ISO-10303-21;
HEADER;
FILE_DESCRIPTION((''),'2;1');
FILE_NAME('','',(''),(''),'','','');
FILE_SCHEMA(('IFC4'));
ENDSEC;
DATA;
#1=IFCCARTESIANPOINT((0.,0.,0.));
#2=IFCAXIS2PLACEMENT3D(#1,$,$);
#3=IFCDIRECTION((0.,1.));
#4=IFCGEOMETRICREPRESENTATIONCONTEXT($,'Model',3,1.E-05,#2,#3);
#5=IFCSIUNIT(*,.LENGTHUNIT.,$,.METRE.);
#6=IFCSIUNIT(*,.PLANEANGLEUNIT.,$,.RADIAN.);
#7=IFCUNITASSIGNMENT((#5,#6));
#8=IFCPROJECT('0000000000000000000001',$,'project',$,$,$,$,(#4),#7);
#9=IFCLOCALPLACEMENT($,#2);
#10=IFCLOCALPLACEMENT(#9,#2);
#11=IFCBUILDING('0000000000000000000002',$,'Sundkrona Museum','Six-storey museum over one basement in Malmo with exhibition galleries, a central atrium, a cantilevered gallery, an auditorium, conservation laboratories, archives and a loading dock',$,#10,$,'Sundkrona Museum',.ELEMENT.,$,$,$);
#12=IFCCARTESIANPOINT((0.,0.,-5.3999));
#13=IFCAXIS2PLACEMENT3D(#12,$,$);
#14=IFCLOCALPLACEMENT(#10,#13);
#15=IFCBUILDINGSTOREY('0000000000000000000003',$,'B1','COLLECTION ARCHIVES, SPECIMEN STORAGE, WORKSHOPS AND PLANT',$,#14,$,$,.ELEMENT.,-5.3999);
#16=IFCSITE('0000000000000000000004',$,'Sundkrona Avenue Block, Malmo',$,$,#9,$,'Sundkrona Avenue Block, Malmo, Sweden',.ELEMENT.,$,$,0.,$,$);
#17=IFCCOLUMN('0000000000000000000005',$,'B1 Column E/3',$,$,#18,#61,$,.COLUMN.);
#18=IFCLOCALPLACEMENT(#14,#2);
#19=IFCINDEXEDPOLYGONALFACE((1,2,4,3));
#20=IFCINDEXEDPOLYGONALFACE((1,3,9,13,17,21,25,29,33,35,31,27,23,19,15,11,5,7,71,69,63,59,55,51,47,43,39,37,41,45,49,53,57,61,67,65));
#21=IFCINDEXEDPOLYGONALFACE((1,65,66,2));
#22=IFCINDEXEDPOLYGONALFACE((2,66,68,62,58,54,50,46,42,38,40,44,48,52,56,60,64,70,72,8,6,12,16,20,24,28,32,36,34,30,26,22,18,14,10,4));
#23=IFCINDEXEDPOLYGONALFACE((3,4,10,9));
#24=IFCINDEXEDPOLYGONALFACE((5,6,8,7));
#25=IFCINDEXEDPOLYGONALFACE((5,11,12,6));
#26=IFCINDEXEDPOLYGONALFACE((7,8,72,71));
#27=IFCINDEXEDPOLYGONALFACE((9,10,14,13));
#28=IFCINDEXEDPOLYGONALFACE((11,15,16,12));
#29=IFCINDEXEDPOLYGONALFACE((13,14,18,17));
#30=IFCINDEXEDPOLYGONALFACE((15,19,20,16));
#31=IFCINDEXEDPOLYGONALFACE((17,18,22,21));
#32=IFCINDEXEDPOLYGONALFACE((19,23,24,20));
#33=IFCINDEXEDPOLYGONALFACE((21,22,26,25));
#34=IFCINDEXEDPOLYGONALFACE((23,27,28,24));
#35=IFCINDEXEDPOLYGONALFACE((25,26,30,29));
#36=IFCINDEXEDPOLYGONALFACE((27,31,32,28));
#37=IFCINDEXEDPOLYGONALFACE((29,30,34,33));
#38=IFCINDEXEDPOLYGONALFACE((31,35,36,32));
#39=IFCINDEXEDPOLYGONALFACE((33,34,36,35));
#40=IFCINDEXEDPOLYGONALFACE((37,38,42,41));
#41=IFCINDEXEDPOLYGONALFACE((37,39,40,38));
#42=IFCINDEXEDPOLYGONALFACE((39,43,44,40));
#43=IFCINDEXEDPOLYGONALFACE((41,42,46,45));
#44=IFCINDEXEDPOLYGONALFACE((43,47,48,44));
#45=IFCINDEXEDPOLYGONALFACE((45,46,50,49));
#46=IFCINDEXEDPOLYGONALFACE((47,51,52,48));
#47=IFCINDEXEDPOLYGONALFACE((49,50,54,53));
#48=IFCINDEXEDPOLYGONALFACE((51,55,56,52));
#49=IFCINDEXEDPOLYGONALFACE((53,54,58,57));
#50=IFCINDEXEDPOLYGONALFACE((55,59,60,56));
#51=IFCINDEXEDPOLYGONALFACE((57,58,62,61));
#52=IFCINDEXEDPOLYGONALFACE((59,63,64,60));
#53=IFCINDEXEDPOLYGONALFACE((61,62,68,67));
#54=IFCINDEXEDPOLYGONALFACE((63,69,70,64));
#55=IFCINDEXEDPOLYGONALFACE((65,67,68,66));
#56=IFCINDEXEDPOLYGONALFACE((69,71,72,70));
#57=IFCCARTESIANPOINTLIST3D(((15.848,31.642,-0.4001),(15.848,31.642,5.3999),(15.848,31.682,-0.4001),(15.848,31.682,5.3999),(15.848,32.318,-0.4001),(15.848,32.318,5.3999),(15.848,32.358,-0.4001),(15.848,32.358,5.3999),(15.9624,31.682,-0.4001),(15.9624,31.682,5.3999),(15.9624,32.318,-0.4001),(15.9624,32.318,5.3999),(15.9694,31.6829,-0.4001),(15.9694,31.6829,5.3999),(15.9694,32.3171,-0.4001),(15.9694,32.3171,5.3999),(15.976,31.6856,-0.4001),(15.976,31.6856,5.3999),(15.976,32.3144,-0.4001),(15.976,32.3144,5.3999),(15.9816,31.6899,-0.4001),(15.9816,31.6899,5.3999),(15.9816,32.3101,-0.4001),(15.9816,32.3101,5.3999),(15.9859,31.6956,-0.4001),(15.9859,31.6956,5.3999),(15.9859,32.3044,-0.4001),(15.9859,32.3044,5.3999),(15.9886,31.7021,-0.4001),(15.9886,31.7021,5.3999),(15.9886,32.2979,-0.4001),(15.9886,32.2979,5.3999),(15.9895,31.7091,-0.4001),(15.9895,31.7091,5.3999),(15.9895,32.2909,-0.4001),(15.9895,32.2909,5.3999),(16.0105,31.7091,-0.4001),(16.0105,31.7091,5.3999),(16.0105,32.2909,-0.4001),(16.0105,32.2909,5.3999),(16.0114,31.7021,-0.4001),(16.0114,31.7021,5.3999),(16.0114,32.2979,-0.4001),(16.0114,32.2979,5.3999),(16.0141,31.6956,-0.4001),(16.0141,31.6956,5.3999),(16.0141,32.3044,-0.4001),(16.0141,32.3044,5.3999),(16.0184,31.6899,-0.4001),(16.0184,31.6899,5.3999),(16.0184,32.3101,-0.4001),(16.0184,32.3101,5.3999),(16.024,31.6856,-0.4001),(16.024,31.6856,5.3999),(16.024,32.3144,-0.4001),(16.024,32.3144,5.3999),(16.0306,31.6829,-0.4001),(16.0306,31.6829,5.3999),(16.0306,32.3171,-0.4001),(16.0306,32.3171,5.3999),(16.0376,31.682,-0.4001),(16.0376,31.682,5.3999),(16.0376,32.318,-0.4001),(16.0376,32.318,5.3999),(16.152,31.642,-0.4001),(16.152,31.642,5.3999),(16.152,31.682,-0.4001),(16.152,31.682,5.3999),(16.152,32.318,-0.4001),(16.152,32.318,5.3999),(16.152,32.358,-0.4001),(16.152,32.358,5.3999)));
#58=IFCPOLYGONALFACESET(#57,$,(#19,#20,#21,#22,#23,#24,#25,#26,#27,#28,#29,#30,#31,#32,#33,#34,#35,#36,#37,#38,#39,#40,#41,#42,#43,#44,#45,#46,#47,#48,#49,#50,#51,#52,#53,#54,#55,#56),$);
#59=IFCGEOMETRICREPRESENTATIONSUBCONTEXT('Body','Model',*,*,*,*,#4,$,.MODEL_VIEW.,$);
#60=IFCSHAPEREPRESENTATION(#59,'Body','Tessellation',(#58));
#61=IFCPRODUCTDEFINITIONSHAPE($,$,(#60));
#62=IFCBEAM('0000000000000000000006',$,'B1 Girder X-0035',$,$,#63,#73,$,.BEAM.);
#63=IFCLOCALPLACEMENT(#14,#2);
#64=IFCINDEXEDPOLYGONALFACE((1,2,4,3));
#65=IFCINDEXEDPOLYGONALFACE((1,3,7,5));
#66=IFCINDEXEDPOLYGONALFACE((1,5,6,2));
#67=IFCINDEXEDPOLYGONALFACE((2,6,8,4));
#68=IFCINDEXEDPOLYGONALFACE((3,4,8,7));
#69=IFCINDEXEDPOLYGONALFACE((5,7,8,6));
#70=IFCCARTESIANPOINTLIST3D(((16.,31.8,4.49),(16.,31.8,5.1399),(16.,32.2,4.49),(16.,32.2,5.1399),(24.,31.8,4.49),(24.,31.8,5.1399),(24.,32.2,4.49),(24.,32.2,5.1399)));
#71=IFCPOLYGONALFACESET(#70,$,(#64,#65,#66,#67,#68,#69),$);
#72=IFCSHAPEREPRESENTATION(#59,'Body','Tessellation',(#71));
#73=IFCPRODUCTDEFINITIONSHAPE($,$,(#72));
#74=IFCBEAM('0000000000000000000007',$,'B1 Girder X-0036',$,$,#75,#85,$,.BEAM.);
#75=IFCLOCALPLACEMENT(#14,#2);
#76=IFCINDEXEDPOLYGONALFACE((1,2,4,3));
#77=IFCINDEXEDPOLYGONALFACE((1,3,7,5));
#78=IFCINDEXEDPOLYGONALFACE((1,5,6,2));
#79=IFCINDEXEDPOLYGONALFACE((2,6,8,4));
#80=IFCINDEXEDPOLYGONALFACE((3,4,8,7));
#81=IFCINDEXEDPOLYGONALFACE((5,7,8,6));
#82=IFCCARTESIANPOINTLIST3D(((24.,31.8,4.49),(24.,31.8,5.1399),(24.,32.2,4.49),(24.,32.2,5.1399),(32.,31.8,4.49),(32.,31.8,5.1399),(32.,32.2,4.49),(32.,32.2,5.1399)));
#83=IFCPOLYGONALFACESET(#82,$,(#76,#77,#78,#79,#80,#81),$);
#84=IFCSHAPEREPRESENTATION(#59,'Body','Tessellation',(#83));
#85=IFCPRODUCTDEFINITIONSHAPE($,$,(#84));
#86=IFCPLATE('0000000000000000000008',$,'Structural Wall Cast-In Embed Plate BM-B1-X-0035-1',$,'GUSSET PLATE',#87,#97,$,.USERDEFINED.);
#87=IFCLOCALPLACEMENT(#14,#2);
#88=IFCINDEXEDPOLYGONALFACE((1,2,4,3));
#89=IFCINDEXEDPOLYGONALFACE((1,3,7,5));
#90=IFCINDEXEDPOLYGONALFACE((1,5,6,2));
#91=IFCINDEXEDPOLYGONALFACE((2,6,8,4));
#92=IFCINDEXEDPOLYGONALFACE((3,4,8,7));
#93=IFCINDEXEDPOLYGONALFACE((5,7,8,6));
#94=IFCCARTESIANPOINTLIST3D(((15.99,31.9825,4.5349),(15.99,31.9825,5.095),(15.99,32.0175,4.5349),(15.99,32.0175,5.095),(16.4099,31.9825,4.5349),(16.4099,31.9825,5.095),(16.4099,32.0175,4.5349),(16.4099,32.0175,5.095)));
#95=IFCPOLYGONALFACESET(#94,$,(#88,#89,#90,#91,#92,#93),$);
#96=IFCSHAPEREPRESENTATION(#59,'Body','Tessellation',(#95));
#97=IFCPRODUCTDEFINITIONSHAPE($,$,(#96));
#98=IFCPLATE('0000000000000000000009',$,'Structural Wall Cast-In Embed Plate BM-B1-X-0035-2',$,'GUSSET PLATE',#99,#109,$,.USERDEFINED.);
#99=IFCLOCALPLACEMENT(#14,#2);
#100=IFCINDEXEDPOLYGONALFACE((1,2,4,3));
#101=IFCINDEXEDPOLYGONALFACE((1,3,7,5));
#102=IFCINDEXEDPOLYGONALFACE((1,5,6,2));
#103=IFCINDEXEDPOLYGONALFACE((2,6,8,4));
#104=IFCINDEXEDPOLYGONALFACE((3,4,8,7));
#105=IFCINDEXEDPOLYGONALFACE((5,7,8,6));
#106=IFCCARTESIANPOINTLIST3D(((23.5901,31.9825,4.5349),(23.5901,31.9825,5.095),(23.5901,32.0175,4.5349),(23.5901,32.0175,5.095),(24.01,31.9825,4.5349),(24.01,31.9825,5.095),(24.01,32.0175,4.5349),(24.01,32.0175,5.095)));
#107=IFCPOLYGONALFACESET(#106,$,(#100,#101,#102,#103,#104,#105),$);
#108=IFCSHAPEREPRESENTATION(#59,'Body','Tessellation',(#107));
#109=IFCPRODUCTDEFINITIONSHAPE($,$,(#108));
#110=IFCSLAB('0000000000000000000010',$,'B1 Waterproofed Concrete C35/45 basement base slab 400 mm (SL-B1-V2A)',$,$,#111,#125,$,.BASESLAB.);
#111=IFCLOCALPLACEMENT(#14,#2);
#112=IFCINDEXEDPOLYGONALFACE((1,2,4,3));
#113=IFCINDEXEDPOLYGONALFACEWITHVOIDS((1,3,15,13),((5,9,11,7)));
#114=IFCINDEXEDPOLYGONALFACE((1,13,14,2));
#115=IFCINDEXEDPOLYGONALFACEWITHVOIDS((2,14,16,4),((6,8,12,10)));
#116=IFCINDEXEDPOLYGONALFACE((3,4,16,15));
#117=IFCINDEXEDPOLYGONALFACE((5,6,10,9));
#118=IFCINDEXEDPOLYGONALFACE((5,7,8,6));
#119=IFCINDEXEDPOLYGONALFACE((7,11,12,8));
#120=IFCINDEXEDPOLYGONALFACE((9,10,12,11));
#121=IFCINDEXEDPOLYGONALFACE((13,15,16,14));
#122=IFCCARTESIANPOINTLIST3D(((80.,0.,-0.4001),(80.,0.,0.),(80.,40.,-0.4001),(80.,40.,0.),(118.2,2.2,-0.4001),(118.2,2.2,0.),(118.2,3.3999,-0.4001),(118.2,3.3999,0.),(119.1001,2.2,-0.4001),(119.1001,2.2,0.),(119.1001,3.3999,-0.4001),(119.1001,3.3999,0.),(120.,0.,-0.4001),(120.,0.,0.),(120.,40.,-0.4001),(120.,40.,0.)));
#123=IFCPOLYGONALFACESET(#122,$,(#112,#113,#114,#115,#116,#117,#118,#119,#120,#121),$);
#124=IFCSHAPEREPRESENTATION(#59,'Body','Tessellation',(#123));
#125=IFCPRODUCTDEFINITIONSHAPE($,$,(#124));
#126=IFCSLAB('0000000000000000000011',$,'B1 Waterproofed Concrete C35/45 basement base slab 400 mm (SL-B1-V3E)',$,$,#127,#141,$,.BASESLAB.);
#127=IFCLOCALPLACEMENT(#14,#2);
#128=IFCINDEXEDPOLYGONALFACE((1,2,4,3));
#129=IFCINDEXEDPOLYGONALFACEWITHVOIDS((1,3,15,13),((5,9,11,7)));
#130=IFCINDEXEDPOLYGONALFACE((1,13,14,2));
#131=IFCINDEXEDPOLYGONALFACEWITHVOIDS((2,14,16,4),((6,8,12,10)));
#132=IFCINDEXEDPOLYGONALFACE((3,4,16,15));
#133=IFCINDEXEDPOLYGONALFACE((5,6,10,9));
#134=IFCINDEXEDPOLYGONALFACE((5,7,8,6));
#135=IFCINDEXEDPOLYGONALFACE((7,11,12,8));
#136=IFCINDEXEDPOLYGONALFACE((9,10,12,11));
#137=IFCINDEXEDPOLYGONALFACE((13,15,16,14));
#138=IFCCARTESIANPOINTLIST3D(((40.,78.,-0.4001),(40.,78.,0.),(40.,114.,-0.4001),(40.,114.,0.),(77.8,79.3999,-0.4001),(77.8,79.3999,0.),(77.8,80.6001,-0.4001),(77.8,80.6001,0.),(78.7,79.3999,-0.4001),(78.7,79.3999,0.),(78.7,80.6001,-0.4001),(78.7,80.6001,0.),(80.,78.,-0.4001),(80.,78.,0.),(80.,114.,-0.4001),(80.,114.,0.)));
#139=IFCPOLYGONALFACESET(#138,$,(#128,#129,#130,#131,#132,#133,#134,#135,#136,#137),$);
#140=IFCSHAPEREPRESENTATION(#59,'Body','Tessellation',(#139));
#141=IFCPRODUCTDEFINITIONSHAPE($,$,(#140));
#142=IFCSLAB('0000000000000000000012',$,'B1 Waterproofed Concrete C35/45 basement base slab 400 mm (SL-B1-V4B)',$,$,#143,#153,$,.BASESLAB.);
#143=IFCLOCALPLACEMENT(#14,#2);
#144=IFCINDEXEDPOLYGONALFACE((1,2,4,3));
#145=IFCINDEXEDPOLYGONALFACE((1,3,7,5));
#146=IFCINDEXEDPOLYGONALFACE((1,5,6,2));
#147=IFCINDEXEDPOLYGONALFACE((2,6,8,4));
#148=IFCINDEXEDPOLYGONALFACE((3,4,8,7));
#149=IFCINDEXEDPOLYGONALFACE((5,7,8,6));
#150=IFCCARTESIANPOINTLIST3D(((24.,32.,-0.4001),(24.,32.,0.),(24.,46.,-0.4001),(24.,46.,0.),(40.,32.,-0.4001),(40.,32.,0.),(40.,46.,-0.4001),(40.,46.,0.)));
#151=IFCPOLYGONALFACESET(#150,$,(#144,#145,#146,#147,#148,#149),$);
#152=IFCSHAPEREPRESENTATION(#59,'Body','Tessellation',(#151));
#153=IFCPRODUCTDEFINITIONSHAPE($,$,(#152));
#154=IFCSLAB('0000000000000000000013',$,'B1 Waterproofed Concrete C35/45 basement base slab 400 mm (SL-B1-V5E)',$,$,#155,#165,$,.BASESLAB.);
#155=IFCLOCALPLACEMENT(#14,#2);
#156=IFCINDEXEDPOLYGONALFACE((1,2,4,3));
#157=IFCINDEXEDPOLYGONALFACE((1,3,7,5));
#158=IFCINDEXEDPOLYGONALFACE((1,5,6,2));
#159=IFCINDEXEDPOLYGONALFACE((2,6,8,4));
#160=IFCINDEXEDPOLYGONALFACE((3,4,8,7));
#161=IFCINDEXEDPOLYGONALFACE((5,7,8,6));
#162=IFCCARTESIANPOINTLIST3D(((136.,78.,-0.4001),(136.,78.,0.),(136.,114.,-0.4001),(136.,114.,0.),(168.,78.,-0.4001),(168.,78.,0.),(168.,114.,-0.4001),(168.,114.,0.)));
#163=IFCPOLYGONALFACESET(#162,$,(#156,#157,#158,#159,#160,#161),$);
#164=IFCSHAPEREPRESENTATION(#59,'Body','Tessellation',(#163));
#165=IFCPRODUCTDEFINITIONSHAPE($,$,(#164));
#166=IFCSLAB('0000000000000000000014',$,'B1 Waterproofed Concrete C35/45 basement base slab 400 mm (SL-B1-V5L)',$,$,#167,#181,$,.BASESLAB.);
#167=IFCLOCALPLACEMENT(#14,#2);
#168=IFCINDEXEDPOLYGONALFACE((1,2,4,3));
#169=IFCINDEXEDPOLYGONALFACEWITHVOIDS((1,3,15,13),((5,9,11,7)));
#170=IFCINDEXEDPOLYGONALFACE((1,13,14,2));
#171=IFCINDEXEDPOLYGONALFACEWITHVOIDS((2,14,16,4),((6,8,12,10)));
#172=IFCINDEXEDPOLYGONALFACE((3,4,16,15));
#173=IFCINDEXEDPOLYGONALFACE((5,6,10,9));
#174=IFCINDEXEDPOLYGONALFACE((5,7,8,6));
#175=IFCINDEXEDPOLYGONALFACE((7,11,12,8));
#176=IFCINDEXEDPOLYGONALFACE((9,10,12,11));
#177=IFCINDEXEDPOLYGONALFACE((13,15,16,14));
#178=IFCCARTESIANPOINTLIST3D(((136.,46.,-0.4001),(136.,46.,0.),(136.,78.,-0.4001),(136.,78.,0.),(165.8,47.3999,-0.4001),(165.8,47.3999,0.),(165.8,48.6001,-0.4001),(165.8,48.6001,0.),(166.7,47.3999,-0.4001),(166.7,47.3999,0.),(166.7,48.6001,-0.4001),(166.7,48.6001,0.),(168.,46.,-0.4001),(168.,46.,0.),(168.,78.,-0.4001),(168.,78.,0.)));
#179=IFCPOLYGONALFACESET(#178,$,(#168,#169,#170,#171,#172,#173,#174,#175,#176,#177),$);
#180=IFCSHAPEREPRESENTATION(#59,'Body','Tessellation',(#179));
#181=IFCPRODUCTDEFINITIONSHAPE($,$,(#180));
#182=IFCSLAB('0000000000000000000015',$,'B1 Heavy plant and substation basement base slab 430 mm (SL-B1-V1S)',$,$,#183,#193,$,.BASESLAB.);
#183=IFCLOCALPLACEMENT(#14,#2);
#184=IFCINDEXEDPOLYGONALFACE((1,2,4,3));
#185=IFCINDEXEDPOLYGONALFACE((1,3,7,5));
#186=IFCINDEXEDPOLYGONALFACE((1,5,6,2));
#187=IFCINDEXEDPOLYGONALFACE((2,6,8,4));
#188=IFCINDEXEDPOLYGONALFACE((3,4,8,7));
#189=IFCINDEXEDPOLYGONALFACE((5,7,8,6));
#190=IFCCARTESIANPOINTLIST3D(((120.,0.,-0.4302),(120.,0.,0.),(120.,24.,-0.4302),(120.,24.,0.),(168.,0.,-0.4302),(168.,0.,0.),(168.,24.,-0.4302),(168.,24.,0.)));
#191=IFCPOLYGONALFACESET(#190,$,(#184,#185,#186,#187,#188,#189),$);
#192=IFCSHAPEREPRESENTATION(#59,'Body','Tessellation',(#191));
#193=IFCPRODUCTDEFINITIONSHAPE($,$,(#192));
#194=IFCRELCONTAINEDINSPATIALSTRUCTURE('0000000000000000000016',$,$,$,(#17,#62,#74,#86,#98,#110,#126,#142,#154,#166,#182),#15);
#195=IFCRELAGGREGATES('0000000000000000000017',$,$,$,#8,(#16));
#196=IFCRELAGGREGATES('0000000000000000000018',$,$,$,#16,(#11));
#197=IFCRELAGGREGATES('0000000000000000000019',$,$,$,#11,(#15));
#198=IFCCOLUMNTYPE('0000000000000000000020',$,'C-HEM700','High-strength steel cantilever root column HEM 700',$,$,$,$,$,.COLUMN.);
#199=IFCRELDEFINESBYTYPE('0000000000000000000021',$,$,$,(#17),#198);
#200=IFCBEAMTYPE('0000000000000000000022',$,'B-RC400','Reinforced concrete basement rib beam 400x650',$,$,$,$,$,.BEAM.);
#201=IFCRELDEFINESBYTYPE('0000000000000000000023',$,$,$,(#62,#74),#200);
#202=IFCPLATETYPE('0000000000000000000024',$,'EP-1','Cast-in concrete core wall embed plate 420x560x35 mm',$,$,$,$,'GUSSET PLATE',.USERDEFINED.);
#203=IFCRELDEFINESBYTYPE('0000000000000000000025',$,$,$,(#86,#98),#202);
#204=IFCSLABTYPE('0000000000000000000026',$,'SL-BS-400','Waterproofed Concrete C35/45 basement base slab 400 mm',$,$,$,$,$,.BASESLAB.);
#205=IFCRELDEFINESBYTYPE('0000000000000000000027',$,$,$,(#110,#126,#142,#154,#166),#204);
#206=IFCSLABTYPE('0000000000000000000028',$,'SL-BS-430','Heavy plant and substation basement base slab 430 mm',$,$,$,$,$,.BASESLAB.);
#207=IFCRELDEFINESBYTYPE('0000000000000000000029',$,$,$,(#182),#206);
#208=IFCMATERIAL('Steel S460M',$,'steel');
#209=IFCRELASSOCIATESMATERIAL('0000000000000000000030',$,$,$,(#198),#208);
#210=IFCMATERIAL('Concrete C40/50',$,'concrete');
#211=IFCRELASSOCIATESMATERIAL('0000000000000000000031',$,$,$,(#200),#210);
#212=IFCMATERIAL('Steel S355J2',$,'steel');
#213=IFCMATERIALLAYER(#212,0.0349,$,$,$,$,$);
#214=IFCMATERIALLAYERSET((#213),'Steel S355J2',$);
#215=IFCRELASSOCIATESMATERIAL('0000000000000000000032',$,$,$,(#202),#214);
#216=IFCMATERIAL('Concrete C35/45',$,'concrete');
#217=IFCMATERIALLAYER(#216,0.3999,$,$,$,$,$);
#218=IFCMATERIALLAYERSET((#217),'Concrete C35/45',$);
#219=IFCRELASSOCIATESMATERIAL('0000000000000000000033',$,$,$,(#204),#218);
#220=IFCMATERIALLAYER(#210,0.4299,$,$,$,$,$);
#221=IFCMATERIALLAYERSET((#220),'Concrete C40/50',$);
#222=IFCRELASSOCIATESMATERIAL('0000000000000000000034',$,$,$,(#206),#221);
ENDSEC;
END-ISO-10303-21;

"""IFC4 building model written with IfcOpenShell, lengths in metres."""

from ifc_helpers import new_model, si_unit, direction, frame, origin, origin_2d, place, context, subcontext, project, spatial, polyline, rectangle, i_section, outline, extrude, material, layer, layer_set, material_profile, profile_set, type_object, element, save


model = new_model("IFC4")

# Units and contexts
model_context = context("Model", 3, precision=1e-05, world=origin(), true_north=direction((0.0, 1.0)))
body_context = subcontext(model_context, "Body", "Model", "MODEL_VIEW")
ifc_project = project(units=[si_unit("LENGTHUNIT", "METRE"), si_unit("PLANEANGLEUNIT", "RADIAN")], contexts=[model_context])

# Site, building, storey
site_placement = place(None, origin())
site = spatial("IfcSite", under=ifc_project, at=site_placement, Name="Sundkrona Avenue Block, Malmo", LongName="Sundkrona Avenue Block, Malmo, Sweden", CompositionType="ELEMENT", RefElevation=0.0)
building_placement = place(site_placement, origin())
building = spatial("IfcBuilding", under=site, at=building_placement, Name="Sundkrona Museum", Description="Six-storey museum over one basement in Malmo with exhibition galleries, a central atrium, a cantilevered gallery, an auditorium, conservation laboratories, archives and a loading dock", LongName="Sundkrona Museum", CompositionType="ELEMENT")
storey_placement = place(building_placement, frame((0.0, 0.0, -5.3999)))
storey = spatial("IfcBuildingStorey", under=building, at=storey_placement, Name="B1", Description="COLLECTION ARCHIVES, SPECIMEN STORAGE, WORKSHOPS AND PLANT", CompositionType="ELEMENT", Elevation=-5.3999)

# Shared definitions
ifc_material_1 = material(Name="Concrete C40/50", Category="concrete")

# Column
ifc_material_2 = material(Name="Steel S460M", Category="steel")
ifc_material_profile_1 = material_profile(ifc_material_2, i_section(OverallWidth=0.304, OverallDepth=0.7161, WebThickness=0.021, FlangeThickness=0.04, FilletRadius=0.0271, at=origin_2d()), Name="HEM 700")
ifc_profile_set_1 = profile_set([ifc_material_profile_1], Name="Steel S460M")
column_type_1 = type_object("IfcColumnType", Name="C-HEM700", Description="High-strength steel cantilever root column HEM 700", PredefinedType="COLUMN", material=ifc_profile_set_1)
column_1_placement = place(storey_placement, frame((16.0, 32.0, -0.4001), z_axis=(0.0, 0.0, 1.0), x_axis=(1.0, 0.0, 0.0)))
element("IfcColumn", 1, at=column_1_placement, inside=storey, type_object=column_type_1, Name="B1 Column E/3", PredefinedType="COLUMN", context=body_context, shape_type="SweptSolid", body=[
    extrude(i_section(OverallWidth=0.304, OverallDepth=0.7161, WebThickness=0.021, FlangeThickness=0.04, FilletRadius=0.0271, at=origin_2d()), origin(), (0.0, 0.0, 1.0), 5.8),
])

# Beams
ifc_material_profile_2 = material_profile(ifc_material_1, rectangle(XDim=0.3999, YDim=0.6499, at=origin_2d()), Name="RCB 400x650")
ifc_profile_set_2 = profile_set([ifc_material_profile_2], Name="Concrete C40/50")
beam_type = type_object("IfcBeamType", Name="B-RC400", Description="Reinforced concrete basement rib beam 400x650", PredefinedType="BEAM", material=ifc_profile_set_2)
for number, where, z_axis, x_axis, name in (
    (2, (16.0, 32.0, 4.8149), (1.0, 0.0, 0.0), (0.0, 1.0, 0.0), "B1 Girder X-0035"),
    (3, (24.0, 32.0, 4.8149), (1.0, 0.0, 0.0), (0.0, 1.0, 0.0), "B1 Girder X-0036"),
):
    element("IfcBeam", number, at=place(storey_placement, frame(where, z_axis=z_axis, x_axis=x_axis)), inside=storey, type_object=beam_type, Name=name, PredefinedType="BEAM", context=body_context, shape_type="SweptSolid", body=[
        extrude(rectangle(XDim=0.3999, YDim=0.6499, at=origin_2d()), origin(), (0.0, 0.0, 1.0), 8.0),
    ])

# Plates
ifc_material_3 = material(Name="Steel S355J2", Category="steel")
ifc_layer_1 = layer(ifc_material_3, 0.0349)
ifc_layer_set_1 = layer_set([ifc_layer_1], Name="Steel S355J2")
plate_type = type_object("IfcPlateType", Name="EP-1", Description="Cast-in concrete core wall embed plate 420x560x35 mm", ElementType="GUSSET PLATE", PredefinedType="USERDEFINED", material=ifc_layer_set_1)
for number, where, z_axis, x_axis, name in (
    (4, (16.2, 32.0, 4.5349), (0.0, 0.0, 1.0), (1.0, 0.0, 0.0), "Structural Wall Cast-In Embed Plate BM-B1-X-0035-1"),
    (5, (23.8, 32.0, 4.5349), (0.0, 0.0, 1.0), (1.0, 0.0, 0.0), "Structural Wall Cast-In Embed Plate BM-B1-X-0035-2"),
):
    element("IfcPlate", number, at=place(storey_placement, frame(where, z_axis=z_axis, x_axis=x_axis)), inside=storey, type_object=plate_type, Name=name, ObjectType="GUSSET PLATE", PredefinedType="USERDEFINED", context=body_context, shape_type="SweptSolid", body=[
        extrude(rectangle(XDim=0.4199, YDim=0.0349, at=origin_2d()), origin(), (0.0, 0.0, 1.0), 0.5601),
    ])

# Slabs
ifc_material_4 = material(Name="Concrete C35/45", Category="concrete")
ifc_layer_2 = layer(ifc_material_4, 0.3999)
ifc_layer_set_2 = layer_set([ifc_layer_2], Name="Concrete C35/45")
slab_type_1 = type_object("IfcSlabType", Name="SL-BS-400", Description="Waterproofed Concrete C35/45 basement base slab 400 mm", PredefinedType="BASESLAB", material=ifc_layer_set_2)
slab_1_placement = place(storey_placement, frame((0.0, 0.0, -0.4001)))
element("IfcSlab", 6, at=slab_1_placement, inside=storey, type_object=slab_type_1, Name="B1 Waterproofed Concrete C35/45 basement base slab 400 mm (SL-B1-V2A)", PredefinedType="BASESLAB", context=body_context, shape_type="SweptSolid", body=[
    extrude(outline(polyline([(80.0, 0.0), (120.0, 0.0), (120.0, 40.0), (80.0, 40.0), (80.0, 0.0)]), holes=[polyline([(119.1001, 2.2), (118.2, 2.2), (118.2, 3.3999), (119.1001, 3.3999), (119.1001, 2.2)])]), origin(), (0.0, 0.0, 1.0), 0.4001),
])
slab_2_placement = place(storey_placement, frame((0.0, 0.0, -0.4001)))
element("IfcSlab", 7, at=slab_2_placement, inside=storey, type_object=slab_type_1, Name="B1 Waterproofed Concrete C35/45 basement base slab 400 mm (SL-B1-V3E)", PredefinedType="BASESLAB", context=body_context, shape_type="SweptSolid", body=[
    extrude(outline(polyline([(40.0, 78.0), (80.0, 78.0), (80.0, 114.0), (40.0, 114.0), (40.0, 78.0)]), holes=[polyline([(78.7, 79.3999), (77.8, 79.3999), (77.8, 80.6001), (78.7, 80.6001), (78.7, 79.3999)])]), origin(), (0.0, 0.0, 1.0), 0.4001),
])
slab_3_placement = place(storey_placement, frame((0.0, 0.0, -0.4001)))
element("IfcSlab", 8, at=slab_3_placement, inside=storey, type_object=slab_type_1, Name="B1 Waterproofed Concrete C35/45 basement base slab 400 mm (SL-B1-V4B)", PredefinedType="BASESLAB", context=body_context, shape_type="SweptSolid", body=[
    extrude(outline(polyline([(24.0, 32.0), (40.0, 32.0), (40.0, 46.0), (24.0, 46.0), (24.0, 32.0)])), origin(), (0.0, 0.0, 1.0), 0.4001),
])
slab_4_placement = place(storey_placement, frame((0.0, 0.0, -0.4001)))
element("IfcSlab", 9, at=slab_4_placement, inside=storey, type_object=slab_type_1, Name="B1 Waterproofed Concrete C35/45 basement base slab 400 mm (SL-B1-V5E)", PredefinedType="BASESLAB", context=body_context, shape_type="SweptSolid", body=[
    extrude(outline(polyline([(136.0, 78.0), (168.0, 78.0), (168.0, 114.0), (136.0, 114.0), (136.0, 78.0)])), origin(), (0.0, 0.0, 1.0), 0.4001),
])
slab_5_placement = place(storey_placement, frame((0.0, 0.0, -0.4001)))
element("IfcSlab", 10, at=slab_5_placement, inside=storey, type_object=slab_type_1, Name="B1 Waterproofed Concrete C35/45 basement base slab 400 mm (SL-B1-V5L)", PredefinedType="BASESLAB", context=body_context, shape_type="SweptSolid", body=[
    extrude(outline(polyline([(136.0, 46.0), (168.0, 46.0), (168.0, 78.0), (136.0, 78.0), (136.0, 46.0)]), holes=[polyline([(166.7, 47.3999), (165.8, 47.3999), (165.8, 48.6001), (166.7, 48.6001), (166.7, 47.3999)])]), origin(), (0.0, 0.0, 1.0), 0.4001),
])
ifc_layer_3 = layer(ifc_material_1, 0.4299)
ifc_layer_set_3 = layer_set([ifc_layer_3], Name="Concrete C40/50")
slab_type_2 = type_object("IfcSlabType", Name="SL-BS-430", Description="Heavy plant and substation basement base slab 430 mm", PredefinedType="BASESLAB", material=ifc_layer_set_3)
slab_6_placement = place(storey_placement, frame((0.0, 0.0, -0.4302)))
element("IfcSlab", 11, at=slab_6_placement, inside=storey, type_object=slab_type_2, Name="B1 Heavy plant and substation basement base slab 430 mm (SL-B1-V1S)", PredefinedType="BASESLAB", context=body_context, shape_type="SweptSolid", body=[
    extrude(outline(polyline([(120.0, 0.0), (168.0, 0.0), (168.0, 24.0), (120.0, 24.0), (120.0, 0.0)])), origin(), (0.0, 0.0, 1.0), 0.4302),
])

save(model, "model.ifc")
